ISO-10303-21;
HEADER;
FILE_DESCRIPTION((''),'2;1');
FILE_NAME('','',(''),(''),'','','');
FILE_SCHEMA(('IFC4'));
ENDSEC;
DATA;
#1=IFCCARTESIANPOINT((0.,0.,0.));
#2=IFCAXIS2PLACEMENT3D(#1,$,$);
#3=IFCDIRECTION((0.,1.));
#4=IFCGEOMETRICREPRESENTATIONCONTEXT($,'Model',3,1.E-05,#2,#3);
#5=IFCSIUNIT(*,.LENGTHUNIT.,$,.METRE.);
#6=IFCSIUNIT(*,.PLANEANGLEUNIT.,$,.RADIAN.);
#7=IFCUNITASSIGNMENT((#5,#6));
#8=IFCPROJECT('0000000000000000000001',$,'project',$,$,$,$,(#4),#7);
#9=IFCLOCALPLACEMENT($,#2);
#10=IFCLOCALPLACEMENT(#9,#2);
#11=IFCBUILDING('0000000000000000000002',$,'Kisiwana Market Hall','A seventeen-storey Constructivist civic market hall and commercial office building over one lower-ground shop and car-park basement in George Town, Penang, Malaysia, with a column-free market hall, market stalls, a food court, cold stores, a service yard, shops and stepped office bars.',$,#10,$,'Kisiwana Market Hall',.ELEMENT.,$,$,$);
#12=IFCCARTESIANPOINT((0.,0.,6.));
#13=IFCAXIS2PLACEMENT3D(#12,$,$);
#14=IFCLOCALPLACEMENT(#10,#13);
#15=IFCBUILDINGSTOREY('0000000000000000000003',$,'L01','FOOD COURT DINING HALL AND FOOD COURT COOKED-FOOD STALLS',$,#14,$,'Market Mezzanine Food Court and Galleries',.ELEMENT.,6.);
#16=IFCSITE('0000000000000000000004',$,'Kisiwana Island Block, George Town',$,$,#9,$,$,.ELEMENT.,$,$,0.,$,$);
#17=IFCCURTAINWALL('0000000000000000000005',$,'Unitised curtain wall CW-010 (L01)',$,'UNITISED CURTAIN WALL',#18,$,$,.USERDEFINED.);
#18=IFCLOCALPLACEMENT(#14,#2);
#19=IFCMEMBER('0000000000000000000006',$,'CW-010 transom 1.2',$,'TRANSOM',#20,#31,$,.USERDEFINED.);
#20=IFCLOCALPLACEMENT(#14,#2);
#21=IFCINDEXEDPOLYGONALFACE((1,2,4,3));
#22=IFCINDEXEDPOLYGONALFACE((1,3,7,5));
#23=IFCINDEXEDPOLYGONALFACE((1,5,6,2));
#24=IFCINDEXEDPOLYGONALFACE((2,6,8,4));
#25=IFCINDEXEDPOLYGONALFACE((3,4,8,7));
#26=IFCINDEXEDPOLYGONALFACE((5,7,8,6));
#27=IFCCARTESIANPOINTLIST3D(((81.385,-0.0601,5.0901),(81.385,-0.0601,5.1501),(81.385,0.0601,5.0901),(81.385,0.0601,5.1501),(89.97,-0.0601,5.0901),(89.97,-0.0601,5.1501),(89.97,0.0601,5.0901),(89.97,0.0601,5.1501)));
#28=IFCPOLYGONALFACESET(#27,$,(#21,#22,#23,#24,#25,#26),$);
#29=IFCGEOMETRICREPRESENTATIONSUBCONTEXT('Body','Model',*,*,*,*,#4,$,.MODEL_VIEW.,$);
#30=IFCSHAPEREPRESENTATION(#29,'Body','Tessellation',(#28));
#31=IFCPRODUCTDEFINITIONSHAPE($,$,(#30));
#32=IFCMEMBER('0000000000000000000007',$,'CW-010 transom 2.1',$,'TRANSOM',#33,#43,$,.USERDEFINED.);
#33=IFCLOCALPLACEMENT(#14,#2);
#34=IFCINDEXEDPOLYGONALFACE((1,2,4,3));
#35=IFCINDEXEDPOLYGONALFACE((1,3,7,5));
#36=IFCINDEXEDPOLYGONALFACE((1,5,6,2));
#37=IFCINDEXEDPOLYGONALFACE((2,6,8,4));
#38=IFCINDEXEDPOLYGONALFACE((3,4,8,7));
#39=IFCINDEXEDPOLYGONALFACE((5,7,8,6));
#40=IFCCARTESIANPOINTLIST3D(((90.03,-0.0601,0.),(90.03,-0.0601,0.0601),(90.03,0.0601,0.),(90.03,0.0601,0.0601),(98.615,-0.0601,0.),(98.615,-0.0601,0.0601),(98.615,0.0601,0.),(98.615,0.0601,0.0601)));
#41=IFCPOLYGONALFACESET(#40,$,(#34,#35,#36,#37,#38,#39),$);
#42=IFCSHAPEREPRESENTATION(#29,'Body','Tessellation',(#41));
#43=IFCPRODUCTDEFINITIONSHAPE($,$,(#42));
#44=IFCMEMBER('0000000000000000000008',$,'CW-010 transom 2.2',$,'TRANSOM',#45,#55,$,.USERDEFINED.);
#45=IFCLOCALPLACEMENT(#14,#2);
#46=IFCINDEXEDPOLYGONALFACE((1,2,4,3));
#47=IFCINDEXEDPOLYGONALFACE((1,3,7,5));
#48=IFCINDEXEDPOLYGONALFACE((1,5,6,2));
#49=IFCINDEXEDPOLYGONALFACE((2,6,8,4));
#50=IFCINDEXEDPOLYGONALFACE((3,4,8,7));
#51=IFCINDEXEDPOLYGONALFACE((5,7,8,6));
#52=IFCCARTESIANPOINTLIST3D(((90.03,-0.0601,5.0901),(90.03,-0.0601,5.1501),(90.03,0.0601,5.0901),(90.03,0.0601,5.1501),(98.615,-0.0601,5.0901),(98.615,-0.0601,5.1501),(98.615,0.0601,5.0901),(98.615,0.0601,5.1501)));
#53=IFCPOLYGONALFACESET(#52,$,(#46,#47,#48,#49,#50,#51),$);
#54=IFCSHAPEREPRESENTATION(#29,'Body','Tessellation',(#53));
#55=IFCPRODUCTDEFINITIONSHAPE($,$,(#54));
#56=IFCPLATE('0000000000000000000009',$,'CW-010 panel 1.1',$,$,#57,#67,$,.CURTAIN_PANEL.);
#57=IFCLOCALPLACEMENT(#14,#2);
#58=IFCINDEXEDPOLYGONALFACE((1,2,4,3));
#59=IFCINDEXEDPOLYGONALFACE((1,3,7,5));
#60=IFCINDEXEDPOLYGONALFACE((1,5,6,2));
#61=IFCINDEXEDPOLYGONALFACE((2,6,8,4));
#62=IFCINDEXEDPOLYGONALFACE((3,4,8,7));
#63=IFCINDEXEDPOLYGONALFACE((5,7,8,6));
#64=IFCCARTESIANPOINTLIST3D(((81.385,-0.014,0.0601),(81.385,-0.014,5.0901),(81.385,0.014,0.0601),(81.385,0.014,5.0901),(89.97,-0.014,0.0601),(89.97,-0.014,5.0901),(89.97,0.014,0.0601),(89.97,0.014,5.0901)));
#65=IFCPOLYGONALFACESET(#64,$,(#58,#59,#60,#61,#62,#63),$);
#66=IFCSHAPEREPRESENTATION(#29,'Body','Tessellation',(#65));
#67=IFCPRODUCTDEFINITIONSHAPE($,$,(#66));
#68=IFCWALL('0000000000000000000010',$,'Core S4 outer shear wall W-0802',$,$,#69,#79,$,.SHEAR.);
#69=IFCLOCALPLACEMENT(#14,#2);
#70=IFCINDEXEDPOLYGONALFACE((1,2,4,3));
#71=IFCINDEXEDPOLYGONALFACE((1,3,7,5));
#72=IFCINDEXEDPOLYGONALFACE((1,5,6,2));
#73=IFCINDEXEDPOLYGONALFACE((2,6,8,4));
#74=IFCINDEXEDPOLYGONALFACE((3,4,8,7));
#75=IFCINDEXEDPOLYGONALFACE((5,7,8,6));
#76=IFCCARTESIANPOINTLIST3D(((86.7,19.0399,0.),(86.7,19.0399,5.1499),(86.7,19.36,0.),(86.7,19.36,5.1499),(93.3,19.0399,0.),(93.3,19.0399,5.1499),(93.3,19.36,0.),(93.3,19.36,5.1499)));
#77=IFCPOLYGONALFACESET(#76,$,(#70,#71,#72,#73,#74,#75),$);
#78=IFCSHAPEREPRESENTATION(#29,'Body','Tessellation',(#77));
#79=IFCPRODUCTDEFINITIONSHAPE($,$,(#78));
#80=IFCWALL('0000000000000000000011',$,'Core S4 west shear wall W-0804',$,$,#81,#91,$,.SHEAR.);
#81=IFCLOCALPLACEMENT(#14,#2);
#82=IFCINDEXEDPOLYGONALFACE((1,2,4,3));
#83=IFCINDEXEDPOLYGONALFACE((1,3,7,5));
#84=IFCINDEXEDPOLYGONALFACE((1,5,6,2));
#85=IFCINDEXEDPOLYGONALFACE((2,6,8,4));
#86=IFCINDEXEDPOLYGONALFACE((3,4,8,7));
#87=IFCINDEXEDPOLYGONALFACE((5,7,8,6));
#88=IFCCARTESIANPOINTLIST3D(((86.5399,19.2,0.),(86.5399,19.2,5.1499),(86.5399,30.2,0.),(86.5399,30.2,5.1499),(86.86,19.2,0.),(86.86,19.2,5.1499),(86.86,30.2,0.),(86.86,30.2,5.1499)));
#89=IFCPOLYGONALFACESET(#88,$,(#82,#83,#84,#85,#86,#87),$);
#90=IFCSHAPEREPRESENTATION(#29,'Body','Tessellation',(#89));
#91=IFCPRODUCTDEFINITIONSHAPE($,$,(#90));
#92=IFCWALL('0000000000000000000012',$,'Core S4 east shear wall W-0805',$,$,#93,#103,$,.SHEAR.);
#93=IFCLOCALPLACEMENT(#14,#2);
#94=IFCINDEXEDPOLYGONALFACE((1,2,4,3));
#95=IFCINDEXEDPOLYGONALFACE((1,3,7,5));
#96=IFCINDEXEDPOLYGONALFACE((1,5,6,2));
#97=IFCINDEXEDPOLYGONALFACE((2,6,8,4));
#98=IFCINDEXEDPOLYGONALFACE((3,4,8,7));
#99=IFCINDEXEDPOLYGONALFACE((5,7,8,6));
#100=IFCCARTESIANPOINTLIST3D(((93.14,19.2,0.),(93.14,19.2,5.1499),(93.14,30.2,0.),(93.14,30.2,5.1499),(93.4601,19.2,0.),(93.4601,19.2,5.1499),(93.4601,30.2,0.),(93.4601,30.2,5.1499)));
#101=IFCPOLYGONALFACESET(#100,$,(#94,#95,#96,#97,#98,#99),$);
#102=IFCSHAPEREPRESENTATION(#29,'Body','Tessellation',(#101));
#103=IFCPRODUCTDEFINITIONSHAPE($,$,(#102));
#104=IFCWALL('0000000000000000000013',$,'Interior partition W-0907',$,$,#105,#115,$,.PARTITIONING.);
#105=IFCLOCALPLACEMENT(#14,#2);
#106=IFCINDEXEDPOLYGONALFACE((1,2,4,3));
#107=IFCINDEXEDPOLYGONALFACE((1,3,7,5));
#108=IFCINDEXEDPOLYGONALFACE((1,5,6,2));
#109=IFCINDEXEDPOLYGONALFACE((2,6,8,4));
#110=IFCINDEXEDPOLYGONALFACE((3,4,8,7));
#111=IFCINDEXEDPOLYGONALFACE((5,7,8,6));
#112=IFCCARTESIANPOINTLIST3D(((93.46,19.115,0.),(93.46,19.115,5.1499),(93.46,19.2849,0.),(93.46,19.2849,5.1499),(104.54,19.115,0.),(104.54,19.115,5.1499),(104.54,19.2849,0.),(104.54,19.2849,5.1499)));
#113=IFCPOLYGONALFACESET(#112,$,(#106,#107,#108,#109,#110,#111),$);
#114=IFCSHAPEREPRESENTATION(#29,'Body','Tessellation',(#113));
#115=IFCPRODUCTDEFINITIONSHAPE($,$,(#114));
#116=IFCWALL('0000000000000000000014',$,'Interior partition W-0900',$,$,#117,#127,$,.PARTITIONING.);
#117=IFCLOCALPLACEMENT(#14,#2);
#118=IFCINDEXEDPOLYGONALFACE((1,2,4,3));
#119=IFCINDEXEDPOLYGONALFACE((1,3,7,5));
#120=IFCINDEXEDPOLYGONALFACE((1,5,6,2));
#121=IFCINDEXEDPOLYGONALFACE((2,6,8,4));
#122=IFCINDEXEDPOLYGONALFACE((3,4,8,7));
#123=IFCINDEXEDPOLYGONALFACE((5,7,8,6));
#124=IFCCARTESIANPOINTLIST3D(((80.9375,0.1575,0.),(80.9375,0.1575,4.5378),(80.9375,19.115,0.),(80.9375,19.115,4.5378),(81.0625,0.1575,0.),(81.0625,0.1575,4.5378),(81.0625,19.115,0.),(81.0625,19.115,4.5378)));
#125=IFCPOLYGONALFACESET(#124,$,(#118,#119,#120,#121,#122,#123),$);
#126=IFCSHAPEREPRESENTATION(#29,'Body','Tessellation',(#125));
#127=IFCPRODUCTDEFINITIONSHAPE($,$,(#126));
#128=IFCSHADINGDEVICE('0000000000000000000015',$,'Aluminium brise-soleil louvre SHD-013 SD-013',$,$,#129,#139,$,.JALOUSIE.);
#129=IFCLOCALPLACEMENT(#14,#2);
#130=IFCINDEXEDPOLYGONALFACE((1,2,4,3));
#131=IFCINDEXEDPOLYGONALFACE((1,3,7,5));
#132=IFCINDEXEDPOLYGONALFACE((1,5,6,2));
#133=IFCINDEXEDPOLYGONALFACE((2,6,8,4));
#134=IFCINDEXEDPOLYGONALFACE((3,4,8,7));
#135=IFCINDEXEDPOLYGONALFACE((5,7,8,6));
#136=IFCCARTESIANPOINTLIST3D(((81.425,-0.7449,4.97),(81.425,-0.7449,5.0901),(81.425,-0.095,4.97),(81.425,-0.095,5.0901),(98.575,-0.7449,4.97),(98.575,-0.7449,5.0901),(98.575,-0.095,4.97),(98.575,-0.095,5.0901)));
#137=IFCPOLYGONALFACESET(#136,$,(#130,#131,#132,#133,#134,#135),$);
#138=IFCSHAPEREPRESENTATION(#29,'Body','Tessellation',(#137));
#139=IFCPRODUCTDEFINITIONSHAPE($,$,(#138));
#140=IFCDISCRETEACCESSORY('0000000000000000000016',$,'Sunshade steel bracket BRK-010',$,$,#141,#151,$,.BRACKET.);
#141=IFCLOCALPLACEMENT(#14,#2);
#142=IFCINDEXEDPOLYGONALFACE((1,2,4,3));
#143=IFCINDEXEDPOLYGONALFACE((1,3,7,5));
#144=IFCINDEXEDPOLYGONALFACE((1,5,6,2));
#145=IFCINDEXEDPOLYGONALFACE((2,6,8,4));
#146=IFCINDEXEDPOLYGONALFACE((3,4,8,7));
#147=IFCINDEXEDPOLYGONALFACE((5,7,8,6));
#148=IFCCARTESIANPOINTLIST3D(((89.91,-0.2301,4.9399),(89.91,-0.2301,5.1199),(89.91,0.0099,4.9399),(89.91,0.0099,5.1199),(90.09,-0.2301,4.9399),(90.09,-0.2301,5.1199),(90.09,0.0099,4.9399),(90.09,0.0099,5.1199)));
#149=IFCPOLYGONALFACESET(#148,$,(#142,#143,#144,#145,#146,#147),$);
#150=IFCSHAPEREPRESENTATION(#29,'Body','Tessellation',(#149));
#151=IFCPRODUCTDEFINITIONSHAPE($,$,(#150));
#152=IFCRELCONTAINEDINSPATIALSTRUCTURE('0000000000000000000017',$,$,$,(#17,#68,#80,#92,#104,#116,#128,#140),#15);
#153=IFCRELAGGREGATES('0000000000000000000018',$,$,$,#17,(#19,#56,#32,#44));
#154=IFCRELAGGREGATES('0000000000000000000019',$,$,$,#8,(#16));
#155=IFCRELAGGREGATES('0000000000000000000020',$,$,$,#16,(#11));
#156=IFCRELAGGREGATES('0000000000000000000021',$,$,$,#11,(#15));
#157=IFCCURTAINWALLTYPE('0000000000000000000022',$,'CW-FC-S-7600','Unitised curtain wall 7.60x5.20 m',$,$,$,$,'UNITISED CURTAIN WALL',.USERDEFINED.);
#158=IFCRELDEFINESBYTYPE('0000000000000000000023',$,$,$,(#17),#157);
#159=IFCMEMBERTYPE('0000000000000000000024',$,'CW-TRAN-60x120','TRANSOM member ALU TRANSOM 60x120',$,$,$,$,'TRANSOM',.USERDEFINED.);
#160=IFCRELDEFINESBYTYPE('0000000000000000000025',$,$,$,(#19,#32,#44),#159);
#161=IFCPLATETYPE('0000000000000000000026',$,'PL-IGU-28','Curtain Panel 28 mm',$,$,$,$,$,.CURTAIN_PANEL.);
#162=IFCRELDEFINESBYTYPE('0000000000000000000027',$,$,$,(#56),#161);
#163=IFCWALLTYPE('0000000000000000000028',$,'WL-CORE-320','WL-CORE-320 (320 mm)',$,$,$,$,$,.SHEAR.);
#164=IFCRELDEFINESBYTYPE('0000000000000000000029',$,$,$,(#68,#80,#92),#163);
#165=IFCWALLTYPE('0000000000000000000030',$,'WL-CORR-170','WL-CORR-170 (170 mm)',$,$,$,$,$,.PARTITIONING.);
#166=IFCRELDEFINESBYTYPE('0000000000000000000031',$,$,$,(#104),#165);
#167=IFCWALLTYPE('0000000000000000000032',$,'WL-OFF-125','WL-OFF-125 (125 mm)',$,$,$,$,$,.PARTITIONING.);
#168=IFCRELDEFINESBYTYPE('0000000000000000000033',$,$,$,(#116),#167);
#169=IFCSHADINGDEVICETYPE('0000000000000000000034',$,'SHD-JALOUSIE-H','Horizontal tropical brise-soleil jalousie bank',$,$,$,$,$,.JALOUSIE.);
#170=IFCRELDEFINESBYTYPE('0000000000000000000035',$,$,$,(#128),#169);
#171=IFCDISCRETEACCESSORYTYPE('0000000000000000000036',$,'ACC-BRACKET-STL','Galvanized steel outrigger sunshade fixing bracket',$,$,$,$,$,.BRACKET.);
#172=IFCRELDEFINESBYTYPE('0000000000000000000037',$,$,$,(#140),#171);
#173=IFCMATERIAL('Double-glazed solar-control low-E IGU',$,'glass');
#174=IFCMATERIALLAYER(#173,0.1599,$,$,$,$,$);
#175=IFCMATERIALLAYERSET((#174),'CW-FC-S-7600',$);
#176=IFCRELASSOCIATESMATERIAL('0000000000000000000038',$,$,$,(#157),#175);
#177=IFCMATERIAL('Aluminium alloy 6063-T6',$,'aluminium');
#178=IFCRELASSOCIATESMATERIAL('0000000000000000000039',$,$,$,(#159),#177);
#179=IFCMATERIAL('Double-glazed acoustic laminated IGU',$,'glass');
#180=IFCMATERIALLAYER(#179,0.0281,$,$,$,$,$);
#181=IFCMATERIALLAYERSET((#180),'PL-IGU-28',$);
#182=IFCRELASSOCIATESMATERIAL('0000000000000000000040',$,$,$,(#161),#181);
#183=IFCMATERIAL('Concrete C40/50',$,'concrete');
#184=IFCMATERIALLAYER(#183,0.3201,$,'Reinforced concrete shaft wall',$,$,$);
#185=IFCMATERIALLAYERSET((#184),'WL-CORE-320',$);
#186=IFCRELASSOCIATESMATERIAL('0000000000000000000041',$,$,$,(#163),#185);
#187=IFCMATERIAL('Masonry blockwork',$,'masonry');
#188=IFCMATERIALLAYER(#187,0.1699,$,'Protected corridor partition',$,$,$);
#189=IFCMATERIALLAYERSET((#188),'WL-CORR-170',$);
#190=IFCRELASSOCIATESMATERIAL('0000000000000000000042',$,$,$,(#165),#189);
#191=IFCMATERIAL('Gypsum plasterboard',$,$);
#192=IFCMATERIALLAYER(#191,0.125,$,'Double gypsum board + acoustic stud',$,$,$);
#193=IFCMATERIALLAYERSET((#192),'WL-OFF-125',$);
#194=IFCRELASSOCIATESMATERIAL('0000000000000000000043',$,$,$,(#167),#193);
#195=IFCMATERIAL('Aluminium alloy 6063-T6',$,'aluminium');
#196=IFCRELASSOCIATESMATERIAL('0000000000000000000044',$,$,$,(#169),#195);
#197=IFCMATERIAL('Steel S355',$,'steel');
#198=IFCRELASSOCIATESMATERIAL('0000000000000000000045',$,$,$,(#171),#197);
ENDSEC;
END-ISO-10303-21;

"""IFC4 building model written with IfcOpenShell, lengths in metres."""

from ifc_helpers import new_model, si_unit, direction, frame, frame_2d, origin, origin_2d, place, context, subcontext, project, spatial, rectangle, extrude, material, layer, layer_set, material_profile, profile_set, type_object, element, aggregate, save


model = new_model("IFC4")

# Units and contexts
model_context = context("Model", 3, precision=1e-05, world=origin(), true_north=direction((0.0, 1.0)))
body_context = subcontext(model_context, "Body", "Model", "MODEL_VIEW")
ifc_project = project(units=[si_unit("LENGTHUNIT", "METRE"), si_unit("PLANEANGLEUNIT", "RADIAN")], contexts=[model_context])

# Site, building, storey
site_placement = place(None, origin())
site = spatial("IfcSite", under=ifc_project, at=site_placement, Name="Kisiwana Island Block, George Town", CompositionType="ELEMENT", RefElevation=0.0)
building_placement = place(site_placement, origin())
building = spatial("IfcBuilding", under=site, at=building_placement, Name="Kisiwana Market Hall", Description="A seventeen-storey Constructivist civic market hall and commercial office building over one lower-ground shop and car-park basement in George Town, Penang, Malaysia, with a column-free market hall, market stalls, a food court, cold stores, a service yard, shops and stepped office bars.", LongName="Kisiwana Market Hall", CompositionType="ELEMENT")
storey_placement = place(building_placement, frame((0.0, 0.0, 6.0)))
storey = spatial("IfcBuildingStorey", under=building, at=storey_placement, Name="L01", Description="FOOD COURT DINING HALL AND FOOD COURT COOKED-FOOD STALLS", LongName="Market Mezzanine Food Court and Galleries", CompositionType="ELEMENT", Elevation=6.0)

# Shared definitions
ifc_material_1 = material(Name="Double-glazed solar-control low-E IGU", Category="glass")
ifc_layer_1 = layer(ifc_material_1, 0.1599)
ifc_layer_set_1 = layer_set([ifc_layer_1], Name="CW-FC-S-7600")
curtain_wall_type = type_object("IfcCurtainWallType", Name="CW-FC-S-7600", Description="Unitised curtain wall 7.60x5.20 m", ElementType="UNITISED CURTAIN WALL", PredefinedType="USERDEFINED", material=ifc_layer_set_1)

# Curtain wall, members, plate
curtain_wall_1_placement = place(storey_placement, origin())
curtain_wall_1 = element("IfcCurtainWall", 1, at=curtain_wall_1_placement, inside=storey, type_object=curtain_wall_type, Name="Unitised curtain wall CW-010 (L01)", ObjectType="UNITISED CURTAIN WALL", PredefinedType="USERDEFINED")
ifc_material_2 = material(Name="Aluminium alloy 6063-T6", Category="aluminium")
ifc_material_profile_1 = material_profile(ifc_material_2, rectangle(XDim=0.1201, YDim=0.0601, at=origin_2d()), Name="ALU TRANSOM 60x120")
ifc_profile_set_1 = profile_set([ifc_material_profile_1], Name="Aluminium alloy 6063-T6")
member_type_1 = type_object("IfcMemberType", Name="CW-TRAN-60x120", Description="TRANSOM member ALU TRANSOM 60x120", ElementType="TRANSOM", PredefinedType="USERDEFINED", material=ifc_profile_set_1)
member_1_placement = place(storey_placement, frame((81.385, 0.0, 5.1201), z_axis=(1.0, 0.0, 0.0), x_axis=(0.0, 1.0, 0.0)))
member_1 = element("IfcMember", 2, at=member_1_placement, type_object=member_type_1, Name="CW-010 transom 1.2", ObjectType="TRANSOM", PredefinedType="USERDEFINED", context=body_context, shape_type="SweptSolid", body=[
    extrude(rectangle(XDim=0.1201, YDim=0.0601, at=origin_2d()), origin(), (0.0, 0.0, 1.0), 8.585),
])
member_2_placement = place(storey_placement, frame((90.03, 0.0, 0.03), z_axis=(1.0, 0.0, 0.0), x_axis=(0.0, 1.0, 0.0)))
member_2 = element("IfcMember", 3, at=member_2_placement, type_object=member_type_1, Name="CW-010 transom 2.1", ObjectType="TRANSOM", PredefinedType="USERDEFINED", context=body_context, shape_type="SweptSolid", body=[
    extrude(rectangle(XDim=0.1201, YDim=0.0601, at=origin_2d()), origin(), (0.0, 0.0, 1.0), 8.585),
])
member_3_placement = place(storey_placement, frame((90.03, 0.0, 5.1201), z_axis=(1.0, 0.0, 0.0), x_axis=(0.0, 1.0, 0.0)))
member_3 = element("IfcMember", 4, at=member_3_placement, type_object=member_type_1, Name="CW-010 transom 2.2", ObjectType="TRANSOM", PredefinedType="USERDEFINED", context=body_context, shape_type="SweptSolid", body=[
    extrude(rectangle(XDim=0.1201, YDim=0.0601, at=origin_2d()), origin(), (0.0, 0.0, 1.0), 8.585),
])
ifc_material_3 = material(Name="Double-glazed acoustic laminated IGU", Category="glass")
ifc_layer_2 = layer(ifc_material_3, 0.0281)
ifc_layer_set_2 = layer_set([ifc_layer_2], Name="PL-IGU-28")
plate_type = type_object("IfcPlateType", Name="PL-IGU-28", Description="Curtain Panel 28 mm", PredefinedType="CURTAIN_PANEL", material=ifc_layer_set_2)
plate_placement = place(storey_placement, frame((85.6775, 0.0, 0.0601), z_axis=(0.0, 0.0, 1.0), x_axis=(1.0, 0.0, 0.0)))
plate = element("IfcPlate", 5, at=plate_placement, type_object=plate_type, Name="CW-010 panel 1.1", PredefinedType="CURTAIN_PANEL", context=body_context, shape_type="SweptSolid", body=[
    extrude(rectangle(XDim=8.585, YDim=0.0281, at=origin_2d()), origin(), (0.0, 0.0, 1.0), 5.03),
])
aggregate(curtain_wall_1, [member_1, plate, member_2, member_3])

# Walls
ifc_material_4 = material(Name="Concrete C40/50", Category="concrete")
ifc_layer_3 = layer(ifc_material_4, 0.3201, Name="Reinforced concrete shaft wall")
ifc_layer_set_3 = layer_set([ifc_layer_3], Name="WL-CORE-320")
wall_type_1 = type_object("IfcWallType", Name="WL-CORE-320", Description="WL-CORE-320 (320 mm)", PredefinedType="SHEAR", material=ifc_layer_set_3)
wall_1_placement = place(storey_placement, frame((86.7, 19.2, 0.0), z_axis=(0.0, 0.0, 1.0), x_axis=(1.0, 0.0, 0.0)))
element("IfcWall", 6, at=wall_1_placement, inside=storey, type_object=wall_type_1, Name="Core S4 outer shear wall W-0802", PredefinedType="SHEAR", context=body_context, shape_type="SweptSolid", body=[
    extrude(rectangle(XDim=6.6001, YDim=0.3201, at=frame_2d((3.3, 0.0))), origin(), (0.0, 0.0, 1.0), 5.1499),
])
for number, where, z_axis, x_axis, name in (
    (7, (86.7, 19.2, 0.0), (0.0, 0.0, 1.0), (0.0, 1.0, 0.0), "Core S4 west shear wall W-0804"),
    (8, (93.3, 19.2, 0.0), (0.0, 0.0, 1.0), (0.0, 1.0, 0.0), "Core S4 east shear wall W-0805"),
):
    element("IfcWall", number, at=place(storey_placement, frame(where, z_axis=z_axis, x_axis=x_axis)), inside=storey, type_object=wall_type_1, Name=name, PredefinedType="SHEAR", context=body_context, shape_type="SweptSolid", body=[
        extrude(rectangle(XDim=11.0, YDim=0.3201, at=frame_2d((5.5, 0.0))), origin(), (0.0, 0.0, 1.0), 5.1499),
    ])
ifc_material_5 = material(Name="Masonry blockwork", Category="masonry")
ifc_layer_4 = layer(ifc_material_5, 0.1699, Name="Protected corridor partition")
ifc_layer_set_4 = layer_set([ifc_layer_4], Name="WL-CORR-170")
wall_type_2 = type_object("IfcWallType", Name="WL-CORR-170", Description="WL-CORR-170 (170 mm)", PredefinedType="PARTITIONING", material=ifc_layer_set_4)
wall_2_placement = place(storey_placement, frame((93.46, 19.2, 0.0), z_axis=(0.0, 0.0, 1.0), x_axis=(1.0, 0.0, 0.0)))
element("IfcWall", 9, at=wall_2_placement, inside=storey, type_object=wall_type_2, Name="Interior partition W-0907", PredefinedType="PARTITIONING", context=body_context, shape_type="SweptSolid", body=[
    extrude(rectangle(XDim=11.0801, YDim=0.1699, at=frame_2d((5.54, 0.0))), origin(), (0.0, 0.0, 1.0), 5.1499),
])
ifc_material_6 = material(Name="Gypsum plasterboard")
ifc_layer_5 = layer(ifc_material_6, 0.125, Name="Double gypsum board + acoustic stud")
ifc_layer_set_5 = layer_set([ifc_layer_5], Name="WL-OFF-125")
wall_type_3 = type_object("IfcWallType", Name="WL-OFF-125", Description="WL-OFF-125 (125 mm)", PredefinedType="PARTITIONING", material=ifc_layer_set_5)
wall_3_placement = place(storey_placement, frame((81.0, 0.1575, 0.0), z_axis=(0.0, 0.0, 1.0), x_axis=(0.0, 1.0, 0.0)))
element("IfcWall", 10, at=wall_3_placement, inside=storey, type_object=wall_type_3, Name="Interior partition W-0900", PredefinedType="PARTITIONING", context=body_context, shape_type="SweptSolid", body=[
    extrude(rectangle(XDim=18.9575, YDim=0.125, at=frame_2d((9.4788, 0.0))), origin(), (0.0, 0.0, 1.0), 4.5378),
])

# Shading device
ifc_material_7 = material(Name="Aluminium alloy 6063-T6", Category="aluminium")
shading_device_type = type_object("IfcShadingDeviceType", Name="SHD-JALOUSIE-H", Description="Horizontal tropical brise-soleil jalousie bank", PredefinedType="JALOUSIE", material=ifc_material_7)
shading_device_placement = place(storey_placement, frame((90.0, -0.4199, 4.97), z_axis=(0.0, 0.0, 1.0), x_axis=(1.0, 0.0, 0.0)))
element("IfcShadingDevice", 11, at=shading_device_placement, inside=storey, type_object=shading_device_type, Name="Aluminium brise-soleil louvre SHD-013 SD-013", PredefinedType="JALOUSIE", context=body_context, shape_type="SweptSolid", body=[
    extrude(rectangle(XDim=17.1499, YDim=0.6499, at=origin_2d()), origin(), (0.0, 0.0, 1.0), 0.1201),
])

# Discrete accessory
ifc_material_8 = material(Name="Steel S355", Category="steel")
discrete_accessory_type = type_object("IfcDiscreteAccessoryType", Name="ACC-BRACKET-STL", Description="Galvanized steel outrigger sunshade fixing bracket", PredefinedType="BRACKET", material=ifc_material_8)
discrete_accessory_placement = place(storey_placement, frame((90.0, -0.1101, 4.9399), z_axis=(0.0, 0.0, 1.0), x_axis=(1.0, 0.0, 0.0)))
element("IfcDiscreteAccessory", 12, at=discrete_accessory_placement, inside=storey, type_object=discrete_accessory_type, Name="Sunshade steel bracket BRK-010", PredefinedType="BRACKET", context=body_context, shape_type="SweptSolid", body=[
    extrude(rectangle(XDim=0.1799, YDim=0.24, at=origin_2d()), origin(), (0.0, 0.0, 1.0), 0.1799),
])

save(model, "model.ifc")
